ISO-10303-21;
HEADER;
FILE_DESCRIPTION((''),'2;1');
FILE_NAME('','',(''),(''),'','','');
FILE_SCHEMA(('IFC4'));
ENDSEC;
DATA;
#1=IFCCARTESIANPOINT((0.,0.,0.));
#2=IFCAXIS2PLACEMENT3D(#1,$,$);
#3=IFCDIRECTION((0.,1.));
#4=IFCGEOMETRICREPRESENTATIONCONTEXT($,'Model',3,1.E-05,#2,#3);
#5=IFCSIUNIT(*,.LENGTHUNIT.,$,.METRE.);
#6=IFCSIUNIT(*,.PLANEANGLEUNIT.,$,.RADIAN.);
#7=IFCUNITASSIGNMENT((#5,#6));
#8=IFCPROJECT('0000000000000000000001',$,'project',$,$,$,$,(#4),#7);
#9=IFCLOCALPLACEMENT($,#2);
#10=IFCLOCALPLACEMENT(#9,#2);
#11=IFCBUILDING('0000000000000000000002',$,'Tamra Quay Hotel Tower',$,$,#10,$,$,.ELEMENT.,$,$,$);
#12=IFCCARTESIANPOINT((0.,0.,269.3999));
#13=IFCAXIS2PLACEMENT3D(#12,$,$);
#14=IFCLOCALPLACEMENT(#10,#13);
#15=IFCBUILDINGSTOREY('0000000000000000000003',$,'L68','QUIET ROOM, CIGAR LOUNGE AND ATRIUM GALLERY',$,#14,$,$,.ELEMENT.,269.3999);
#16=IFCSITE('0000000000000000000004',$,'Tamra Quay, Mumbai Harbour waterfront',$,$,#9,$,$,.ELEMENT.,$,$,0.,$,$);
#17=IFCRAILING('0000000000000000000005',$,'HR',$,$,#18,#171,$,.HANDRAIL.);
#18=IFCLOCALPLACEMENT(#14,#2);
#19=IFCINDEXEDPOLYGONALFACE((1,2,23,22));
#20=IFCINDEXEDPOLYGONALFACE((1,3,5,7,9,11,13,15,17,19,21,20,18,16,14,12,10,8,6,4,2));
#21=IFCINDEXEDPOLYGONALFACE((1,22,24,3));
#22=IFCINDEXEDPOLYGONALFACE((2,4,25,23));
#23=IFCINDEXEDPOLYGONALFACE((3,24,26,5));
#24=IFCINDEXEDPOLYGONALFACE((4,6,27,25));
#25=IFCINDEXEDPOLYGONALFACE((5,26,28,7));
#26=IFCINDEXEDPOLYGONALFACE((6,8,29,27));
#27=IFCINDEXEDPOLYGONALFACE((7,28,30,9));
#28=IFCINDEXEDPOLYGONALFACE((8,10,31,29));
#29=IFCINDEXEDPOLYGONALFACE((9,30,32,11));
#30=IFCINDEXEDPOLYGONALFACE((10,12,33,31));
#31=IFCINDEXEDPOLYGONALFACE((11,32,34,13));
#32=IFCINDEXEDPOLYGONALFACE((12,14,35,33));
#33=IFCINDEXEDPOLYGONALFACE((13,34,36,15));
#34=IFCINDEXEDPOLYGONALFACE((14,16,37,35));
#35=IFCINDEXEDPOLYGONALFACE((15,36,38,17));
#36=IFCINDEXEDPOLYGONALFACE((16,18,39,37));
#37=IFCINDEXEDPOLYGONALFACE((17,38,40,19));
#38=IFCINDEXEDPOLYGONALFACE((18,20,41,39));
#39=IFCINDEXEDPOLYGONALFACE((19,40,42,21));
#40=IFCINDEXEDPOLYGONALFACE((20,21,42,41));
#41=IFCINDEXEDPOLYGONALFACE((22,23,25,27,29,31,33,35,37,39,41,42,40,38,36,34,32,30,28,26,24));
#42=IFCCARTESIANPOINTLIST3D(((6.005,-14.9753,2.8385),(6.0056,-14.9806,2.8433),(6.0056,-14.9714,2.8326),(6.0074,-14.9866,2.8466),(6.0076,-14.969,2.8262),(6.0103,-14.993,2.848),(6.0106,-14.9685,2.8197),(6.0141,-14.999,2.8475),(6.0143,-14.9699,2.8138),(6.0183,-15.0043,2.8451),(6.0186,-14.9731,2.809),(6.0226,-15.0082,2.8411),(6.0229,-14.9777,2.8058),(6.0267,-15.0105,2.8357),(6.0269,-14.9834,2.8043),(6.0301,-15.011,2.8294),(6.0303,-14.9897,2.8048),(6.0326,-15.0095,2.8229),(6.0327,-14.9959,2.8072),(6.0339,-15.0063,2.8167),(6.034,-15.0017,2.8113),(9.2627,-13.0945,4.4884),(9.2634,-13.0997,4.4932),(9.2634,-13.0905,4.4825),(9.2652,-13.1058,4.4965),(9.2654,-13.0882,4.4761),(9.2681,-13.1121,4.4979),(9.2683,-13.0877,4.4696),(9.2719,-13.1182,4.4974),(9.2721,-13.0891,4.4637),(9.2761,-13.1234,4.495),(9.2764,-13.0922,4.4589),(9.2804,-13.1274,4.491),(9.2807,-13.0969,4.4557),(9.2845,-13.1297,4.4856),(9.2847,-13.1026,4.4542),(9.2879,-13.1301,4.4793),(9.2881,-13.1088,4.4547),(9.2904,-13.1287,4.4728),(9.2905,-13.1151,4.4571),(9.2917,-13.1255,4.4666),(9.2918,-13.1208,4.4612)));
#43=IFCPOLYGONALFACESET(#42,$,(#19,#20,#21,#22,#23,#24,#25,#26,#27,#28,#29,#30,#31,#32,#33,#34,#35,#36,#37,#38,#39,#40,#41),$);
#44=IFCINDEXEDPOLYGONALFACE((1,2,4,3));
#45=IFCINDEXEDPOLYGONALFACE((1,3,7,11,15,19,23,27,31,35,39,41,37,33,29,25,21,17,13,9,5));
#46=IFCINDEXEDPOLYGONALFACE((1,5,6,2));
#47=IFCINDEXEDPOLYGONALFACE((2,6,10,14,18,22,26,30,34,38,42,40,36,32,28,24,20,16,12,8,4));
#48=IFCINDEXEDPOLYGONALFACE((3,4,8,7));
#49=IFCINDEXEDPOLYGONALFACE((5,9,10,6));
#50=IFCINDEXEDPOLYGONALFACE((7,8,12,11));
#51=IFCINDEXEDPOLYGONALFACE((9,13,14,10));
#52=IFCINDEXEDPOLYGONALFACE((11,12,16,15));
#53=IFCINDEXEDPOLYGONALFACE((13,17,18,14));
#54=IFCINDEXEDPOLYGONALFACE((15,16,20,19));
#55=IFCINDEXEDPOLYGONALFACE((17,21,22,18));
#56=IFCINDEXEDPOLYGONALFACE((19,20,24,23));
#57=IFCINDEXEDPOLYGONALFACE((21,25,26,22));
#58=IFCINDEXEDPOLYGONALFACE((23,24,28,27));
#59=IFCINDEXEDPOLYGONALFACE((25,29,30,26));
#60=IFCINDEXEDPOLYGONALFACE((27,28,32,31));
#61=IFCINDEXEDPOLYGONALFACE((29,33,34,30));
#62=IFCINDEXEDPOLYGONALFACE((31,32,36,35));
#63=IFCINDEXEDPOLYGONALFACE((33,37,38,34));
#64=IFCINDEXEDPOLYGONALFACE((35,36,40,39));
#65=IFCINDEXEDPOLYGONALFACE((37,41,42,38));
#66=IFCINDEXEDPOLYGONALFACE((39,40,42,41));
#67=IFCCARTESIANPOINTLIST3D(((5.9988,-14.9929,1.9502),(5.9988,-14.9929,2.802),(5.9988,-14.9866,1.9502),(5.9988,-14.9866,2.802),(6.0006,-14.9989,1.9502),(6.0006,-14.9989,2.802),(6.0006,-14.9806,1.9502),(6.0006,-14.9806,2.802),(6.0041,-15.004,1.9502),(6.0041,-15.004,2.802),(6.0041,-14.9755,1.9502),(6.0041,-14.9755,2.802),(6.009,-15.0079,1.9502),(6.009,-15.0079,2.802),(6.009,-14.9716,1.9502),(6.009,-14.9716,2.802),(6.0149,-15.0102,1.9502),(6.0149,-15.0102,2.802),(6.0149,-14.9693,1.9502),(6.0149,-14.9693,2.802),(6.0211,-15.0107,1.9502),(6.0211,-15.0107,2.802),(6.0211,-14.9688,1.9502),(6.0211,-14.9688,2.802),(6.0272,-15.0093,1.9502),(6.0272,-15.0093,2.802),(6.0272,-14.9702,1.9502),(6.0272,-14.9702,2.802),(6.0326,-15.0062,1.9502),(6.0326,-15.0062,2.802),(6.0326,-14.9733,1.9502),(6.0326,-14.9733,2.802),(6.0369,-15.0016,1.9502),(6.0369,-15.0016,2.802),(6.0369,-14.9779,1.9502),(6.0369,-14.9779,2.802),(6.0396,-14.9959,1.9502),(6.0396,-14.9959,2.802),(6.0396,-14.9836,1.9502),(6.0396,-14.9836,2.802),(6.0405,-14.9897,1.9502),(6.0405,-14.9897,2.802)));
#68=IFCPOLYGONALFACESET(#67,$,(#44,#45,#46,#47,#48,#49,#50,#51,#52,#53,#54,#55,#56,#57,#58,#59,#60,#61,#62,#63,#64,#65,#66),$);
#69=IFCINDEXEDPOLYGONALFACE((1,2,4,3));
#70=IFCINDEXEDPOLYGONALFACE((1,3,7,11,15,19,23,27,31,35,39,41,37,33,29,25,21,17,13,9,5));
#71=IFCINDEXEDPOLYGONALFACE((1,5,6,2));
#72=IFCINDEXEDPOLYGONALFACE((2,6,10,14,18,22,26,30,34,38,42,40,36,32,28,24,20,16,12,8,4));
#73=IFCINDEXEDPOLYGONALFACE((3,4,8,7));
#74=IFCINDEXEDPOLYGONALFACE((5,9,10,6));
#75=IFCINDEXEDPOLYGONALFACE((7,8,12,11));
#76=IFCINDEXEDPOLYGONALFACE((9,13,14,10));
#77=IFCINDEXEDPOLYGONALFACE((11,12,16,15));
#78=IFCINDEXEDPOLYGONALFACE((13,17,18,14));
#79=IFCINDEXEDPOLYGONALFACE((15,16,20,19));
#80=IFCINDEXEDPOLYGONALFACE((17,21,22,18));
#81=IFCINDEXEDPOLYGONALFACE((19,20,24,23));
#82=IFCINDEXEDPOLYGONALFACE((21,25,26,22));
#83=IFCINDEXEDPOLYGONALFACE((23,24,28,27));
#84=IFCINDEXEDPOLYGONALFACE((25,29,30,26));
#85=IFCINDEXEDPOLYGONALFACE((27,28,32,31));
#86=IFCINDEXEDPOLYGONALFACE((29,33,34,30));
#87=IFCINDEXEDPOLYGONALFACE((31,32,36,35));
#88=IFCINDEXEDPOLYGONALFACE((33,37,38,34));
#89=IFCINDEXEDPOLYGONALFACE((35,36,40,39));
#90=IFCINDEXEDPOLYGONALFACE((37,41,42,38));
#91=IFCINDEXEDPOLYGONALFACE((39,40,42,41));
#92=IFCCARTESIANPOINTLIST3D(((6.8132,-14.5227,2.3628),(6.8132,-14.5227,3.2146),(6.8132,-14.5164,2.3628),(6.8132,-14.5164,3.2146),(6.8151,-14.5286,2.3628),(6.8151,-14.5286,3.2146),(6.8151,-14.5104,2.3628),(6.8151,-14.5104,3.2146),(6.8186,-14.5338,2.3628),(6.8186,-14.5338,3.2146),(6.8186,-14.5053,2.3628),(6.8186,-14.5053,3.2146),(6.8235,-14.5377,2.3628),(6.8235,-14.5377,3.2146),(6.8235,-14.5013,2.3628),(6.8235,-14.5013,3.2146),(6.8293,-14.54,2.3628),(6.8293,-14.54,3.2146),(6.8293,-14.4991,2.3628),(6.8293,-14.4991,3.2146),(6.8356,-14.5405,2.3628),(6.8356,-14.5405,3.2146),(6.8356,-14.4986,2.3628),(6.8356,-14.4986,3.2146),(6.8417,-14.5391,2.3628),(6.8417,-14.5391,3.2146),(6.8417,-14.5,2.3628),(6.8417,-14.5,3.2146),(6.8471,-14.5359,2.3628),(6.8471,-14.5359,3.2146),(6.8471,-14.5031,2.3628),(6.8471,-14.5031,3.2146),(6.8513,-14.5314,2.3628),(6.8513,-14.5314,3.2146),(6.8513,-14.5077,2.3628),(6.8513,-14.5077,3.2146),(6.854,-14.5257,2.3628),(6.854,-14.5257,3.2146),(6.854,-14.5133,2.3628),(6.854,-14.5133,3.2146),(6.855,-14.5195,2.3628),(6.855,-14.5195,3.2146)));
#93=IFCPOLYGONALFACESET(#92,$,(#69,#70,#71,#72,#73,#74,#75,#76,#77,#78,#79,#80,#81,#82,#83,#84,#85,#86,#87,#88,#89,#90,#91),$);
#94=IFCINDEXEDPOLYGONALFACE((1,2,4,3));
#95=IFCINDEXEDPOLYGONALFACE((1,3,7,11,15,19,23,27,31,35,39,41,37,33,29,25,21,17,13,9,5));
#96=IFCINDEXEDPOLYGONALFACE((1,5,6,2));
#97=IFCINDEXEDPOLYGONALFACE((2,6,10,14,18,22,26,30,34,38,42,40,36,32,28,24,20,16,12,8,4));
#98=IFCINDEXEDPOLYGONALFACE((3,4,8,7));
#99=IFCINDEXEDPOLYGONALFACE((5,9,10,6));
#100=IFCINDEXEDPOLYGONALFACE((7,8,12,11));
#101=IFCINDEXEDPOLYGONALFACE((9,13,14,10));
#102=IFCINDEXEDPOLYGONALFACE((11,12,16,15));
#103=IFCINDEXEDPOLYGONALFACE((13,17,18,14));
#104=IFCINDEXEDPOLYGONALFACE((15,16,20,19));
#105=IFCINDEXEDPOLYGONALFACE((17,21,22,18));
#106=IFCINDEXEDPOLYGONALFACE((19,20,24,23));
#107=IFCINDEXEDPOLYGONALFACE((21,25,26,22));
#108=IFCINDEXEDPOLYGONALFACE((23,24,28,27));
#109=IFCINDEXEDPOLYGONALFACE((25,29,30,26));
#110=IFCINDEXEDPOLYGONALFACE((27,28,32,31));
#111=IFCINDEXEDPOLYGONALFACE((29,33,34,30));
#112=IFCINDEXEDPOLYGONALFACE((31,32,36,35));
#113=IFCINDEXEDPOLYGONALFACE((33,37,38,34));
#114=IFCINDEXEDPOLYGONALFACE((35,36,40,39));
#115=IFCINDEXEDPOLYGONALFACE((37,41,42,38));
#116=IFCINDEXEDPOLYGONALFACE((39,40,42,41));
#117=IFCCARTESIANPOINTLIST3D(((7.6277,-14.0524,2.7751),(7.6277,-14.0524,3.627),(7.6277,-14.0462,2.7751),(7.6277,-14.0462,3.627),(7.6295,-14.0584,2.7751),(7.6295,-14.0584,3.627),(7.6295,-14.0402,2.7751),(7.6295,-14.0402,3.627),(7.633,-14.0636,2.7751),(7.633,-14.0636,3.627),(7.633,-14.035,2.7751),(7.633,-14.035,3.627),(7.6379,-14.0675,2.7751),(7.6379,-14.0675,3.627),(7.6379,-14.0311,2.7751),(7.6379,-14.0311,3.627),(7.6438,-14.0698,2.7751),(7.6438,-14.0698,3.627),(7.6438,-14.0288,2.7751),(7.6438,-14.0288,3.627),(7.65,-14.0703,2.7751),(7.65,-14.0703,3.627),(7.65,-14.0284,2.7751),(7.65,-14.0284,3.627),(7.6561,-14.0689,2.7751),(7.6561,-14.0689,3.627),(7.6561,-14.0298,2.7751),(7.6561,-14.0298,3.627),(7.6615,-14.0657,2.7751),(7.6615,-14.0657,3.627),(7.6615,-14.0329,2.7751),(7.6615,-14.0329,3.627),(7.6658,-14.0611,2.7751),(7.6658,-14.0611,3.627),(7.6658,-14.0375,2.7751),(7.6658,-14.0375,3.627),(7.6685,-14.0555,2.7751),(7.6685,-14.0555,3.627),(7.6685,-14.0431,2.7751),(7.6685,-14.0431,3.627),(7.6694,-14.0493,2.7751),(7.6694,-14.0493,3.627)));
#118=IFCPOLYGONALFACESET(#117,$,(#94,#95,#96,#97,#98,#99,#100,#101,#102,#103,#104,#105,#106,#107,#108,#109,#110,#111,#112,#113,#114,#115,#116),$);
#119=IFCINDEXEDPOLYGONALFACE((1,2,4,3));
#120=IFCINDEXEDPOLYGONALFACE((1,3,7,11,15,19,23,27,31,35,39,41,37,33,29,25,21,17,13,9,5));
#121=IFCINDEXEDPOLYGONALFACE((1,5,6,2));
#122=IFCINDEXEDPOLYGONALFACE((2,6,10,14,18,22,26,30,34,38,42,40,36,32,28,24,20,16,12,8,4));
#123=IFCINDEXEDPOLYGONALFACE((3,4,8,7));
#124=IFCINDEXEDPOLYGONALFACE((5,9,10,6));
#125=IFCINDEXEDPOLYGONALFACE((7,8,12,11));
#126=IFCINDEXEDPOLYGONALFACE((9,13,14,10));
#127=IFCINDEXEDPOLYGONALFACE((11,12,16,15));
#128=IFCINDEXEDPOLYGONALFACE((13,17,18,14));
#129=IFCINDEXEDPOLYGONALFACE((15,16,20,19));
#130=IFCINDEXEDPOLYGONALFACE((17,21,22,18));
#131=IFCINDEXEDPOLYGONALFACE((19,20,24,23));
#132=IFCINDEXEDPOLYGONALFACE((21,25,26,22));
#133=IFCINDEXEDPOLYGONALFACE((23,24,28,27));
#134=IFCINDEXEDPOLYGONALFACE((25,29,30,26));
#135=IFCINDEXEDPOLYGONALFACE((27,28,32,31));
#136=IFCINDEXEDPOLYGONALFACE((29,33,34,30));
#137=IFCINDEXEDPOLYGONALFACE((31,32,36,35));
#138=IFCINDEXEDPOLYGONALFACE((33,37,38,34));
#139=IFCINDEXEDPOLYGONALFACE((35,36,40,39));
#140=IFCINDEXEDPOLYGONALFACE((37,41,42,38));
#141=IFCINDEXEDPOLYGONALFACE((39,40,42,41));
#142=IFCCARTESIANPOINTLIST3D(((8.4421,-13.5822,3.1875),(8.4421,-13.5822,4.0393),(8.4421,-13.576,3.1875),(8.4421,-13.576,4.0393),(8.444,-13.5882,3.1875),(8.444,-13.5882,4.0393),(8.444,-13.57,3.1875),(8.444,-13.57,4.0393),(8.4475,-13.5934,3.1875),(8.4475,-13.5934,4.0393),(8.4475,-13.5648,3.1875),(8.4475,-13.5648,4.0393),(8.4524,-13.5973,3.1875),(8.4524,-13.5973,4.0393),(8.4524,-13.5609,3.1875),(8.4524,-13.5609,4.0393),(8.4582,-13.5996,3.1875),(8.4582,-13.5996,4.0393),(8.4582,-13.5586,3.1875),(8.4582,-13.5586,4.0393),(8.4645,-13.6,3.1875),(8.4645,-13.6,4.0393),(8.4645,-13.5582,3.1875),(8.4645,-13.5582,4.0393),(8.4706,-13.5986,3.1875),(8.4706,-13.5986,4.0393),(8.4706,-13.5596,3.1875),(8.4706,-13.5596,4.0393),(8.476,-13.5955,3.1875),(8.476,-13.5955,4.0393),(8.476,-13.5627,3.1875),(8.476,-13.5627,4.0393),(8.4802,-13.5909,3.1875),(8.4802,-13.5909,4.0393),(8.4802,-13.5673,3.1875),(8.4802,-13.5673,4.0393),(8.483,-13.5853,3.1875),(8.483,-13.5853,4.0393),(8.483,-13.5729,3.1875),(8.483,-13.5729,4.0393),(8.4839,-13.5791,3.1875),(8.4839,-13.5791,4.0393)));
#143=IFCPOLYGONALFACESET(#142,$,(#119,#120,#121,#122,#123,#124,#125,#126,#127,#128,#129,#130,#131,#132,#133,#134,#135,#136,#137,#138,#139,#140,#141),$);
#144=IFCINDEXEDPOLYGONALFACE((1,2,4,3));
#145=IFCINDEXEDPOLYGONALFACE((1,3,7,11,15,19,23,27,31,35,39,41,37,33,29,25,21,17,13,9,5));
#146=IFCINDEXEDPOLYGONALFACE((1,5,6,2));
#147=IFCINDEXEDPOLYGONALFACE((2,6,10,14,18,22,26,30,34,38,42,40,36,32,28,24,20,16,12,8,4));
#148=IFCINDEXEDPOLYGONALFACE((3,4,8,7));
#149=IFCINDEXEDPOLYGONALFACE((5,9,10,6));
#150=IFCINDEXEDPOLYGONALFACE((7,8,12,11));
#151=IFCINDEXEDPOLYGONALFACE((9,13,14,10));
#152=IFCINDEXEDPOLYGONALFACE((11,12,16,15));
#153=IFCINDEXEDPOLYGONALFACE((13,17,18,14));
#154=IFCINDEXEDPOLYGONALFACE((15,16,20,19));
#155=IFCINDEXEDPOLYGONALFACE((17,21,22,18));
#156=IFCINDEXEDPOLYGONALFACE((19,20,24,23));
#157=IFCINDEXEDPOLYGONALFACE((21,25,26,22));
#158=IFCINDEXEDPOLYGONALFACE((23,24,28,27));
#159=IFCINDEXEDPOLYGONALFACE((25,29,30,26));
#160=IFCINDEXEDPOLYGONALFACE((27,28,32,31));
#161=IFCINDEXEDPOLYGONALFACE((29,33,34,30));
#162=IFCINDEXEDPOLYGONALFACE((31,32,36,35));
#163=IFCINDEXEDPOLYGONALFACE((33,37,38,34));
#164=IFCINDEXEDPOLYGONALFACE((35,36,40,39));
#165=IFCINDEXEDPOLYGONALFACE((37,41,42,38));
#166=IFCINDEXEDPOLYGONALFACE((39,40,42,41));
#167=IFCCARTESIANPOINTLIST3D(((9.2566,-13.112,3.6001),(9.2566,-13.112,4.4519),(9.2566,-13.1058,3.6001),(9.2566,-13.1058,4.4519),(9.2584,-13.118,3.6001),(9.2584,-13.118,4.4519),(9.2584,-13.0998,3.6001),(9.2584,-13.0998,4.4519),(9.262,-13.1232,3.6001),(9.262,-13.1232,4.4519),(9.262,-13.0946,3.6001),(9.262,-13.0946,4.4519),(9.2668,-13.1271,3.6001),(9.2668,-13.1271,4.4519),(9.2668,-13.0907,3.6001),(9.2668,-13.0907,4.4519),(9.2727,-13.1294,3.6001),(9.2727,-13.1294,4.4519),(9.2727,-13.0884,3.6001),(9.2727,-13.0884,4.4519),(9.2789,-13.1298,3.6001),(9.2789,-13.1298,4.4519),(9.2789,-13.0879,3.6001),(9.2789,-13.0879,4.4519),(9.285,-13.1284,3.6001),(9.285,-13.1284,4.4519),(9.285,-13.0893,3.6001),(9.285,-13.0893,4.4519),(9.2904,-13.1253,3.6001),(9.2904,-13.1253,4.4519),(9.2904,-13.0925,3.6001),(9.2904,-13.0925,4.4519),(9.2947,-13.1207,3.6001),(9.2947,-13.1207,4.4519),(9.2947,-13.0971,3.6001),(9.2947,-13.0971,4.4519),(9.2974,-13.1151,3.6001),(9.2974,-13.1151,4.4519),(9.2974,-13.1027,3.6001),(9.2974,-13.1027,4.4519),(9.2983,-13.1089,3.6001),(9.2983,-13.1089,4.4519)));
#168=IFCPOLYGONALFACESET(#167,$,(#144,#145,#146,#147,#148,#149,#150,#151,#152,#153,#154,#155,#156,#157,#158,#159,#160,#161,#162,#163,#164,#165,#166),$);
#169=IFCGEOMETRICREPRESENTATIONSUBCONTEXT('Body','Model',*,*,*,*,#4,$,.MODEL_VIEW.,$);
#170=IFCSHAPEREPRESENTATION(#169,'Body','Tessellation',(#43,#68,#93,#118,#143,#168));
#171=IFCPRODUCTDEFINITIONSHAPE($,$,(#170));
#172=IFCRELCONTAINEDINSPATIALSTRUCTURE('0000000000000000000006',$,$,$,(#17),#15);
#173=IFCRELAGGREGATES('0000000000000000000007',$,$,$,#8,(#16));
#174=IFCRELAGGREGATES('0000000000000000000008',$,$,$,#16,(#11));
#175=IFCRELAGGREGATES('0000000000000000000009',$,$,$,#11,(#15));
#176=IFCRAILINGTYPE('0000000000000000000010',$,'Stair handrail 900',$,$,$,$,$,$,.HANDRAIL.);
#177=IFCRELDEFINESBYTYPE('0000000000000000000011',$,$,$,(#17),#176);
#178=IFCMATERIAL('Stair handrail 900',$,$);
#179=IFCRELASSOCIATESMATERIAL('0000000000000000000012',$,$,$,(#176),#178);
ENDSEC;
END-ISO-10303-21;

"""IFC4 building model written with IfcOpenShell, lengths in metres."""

from ifc_helpers import new_model, si_unit, direction, frame, origin, origin_2d, place, context, subcontext, project, spatial, circle, extrude, material, type_object, element, save


model = new_model("IFC4")

# Units and contexts
model_context = context("Model", 3, precision=1e-05, world=origin(), true_north=direction((0.0, 1.0)))
body_context = subcontext(model_context, "Body", "Model", "MODEL_VIEW")
ifc_project = project(units=[si_unit("LENGTHUNIT", "METRE"), si_unit("PLANEANGLEUNIT", "RADIAN")], contexts=[model_context])

# Site, building, storey
site_placement = place(None, origin())
site = spatial("IfcSite", under=ifc_project, at=site_placement, Name="Tamra Quay, Mumbai Harbour waterfront", CompositionType="ELEMENT", RefElevation=0.0)
building_placement = place(site_placement, origin())
building = spatial("IfcBuilding", under=site, at=building_placement, Name="Tamra Quay Hotel Tower", CompositionType="ELEMENT")
storey_placement = place(building_placement, frame((0.0, 0.0, 269.3999)))
storey = spatial("IfcBuildingStorey", under=building, at=storey_placement, Name="L68", Description="QUIET ROOM, CIGAR LOUNGE AND ATRIUM GALLERY", CompositionType="ELEMENT", Elevation=269.3999)

# Railing
ifc_material_1 = material(Name="Stair handrail 900")
railing_type = type_object("IfcRailingType", Name="Stair handrail 900", PredefinedType="HANDRAIL", material=ifc_material_1)
railing_placement = place(storey_placement, frame((6.0195, -14.9897, 1.9502)))
element("IfcRailing", 1, at=railing_placement, inside=storey, type_object=railing_type, Name="HR", PredefinedType="HANDRAIL", context=body_context, shape_type="SweptSolid", body=[
    extrude(circle(Radius=0.0239, at=origin_2d()), frame((0.0, 0.0, 0.876), z_axis=(0.7931, 0.457887, 0.401661), x_axis=(-0.499992, 0.86603, 0.0)), (0.0, 0.0, 1.0), 4.1077),
    extrude(circle(Radius=0.021, at=origin_2d()), origin(), (0.0, 0.0, 1.0), 0.8518),
    extrude(circle(Radius=0.021, at=origin_2d()), frame((0.8145, 0.4702, 0.4126)), (0.0, 0.0, 1.0), 0.8518),
    extrude(circle(Radius=0.021, at=origin_2d()), frame((1.6289, 0.9404, 0.825)), (0.0, 0.0, 1.0), 0.8518),
    extrude(circle(Radius=0.021, at=origin_2d()), frame((2.4434, 1.4106, 1.2373)), (0.0, 0.0, 1.0), 0.8518),
    extrude(circle(Radius=0.021, at=origin_2d()), frame((3.2578, 1.8809, 1.6499)), (0.0, 0.0, 1.0), 0.8518),
])

save(model, "model.ifc")
